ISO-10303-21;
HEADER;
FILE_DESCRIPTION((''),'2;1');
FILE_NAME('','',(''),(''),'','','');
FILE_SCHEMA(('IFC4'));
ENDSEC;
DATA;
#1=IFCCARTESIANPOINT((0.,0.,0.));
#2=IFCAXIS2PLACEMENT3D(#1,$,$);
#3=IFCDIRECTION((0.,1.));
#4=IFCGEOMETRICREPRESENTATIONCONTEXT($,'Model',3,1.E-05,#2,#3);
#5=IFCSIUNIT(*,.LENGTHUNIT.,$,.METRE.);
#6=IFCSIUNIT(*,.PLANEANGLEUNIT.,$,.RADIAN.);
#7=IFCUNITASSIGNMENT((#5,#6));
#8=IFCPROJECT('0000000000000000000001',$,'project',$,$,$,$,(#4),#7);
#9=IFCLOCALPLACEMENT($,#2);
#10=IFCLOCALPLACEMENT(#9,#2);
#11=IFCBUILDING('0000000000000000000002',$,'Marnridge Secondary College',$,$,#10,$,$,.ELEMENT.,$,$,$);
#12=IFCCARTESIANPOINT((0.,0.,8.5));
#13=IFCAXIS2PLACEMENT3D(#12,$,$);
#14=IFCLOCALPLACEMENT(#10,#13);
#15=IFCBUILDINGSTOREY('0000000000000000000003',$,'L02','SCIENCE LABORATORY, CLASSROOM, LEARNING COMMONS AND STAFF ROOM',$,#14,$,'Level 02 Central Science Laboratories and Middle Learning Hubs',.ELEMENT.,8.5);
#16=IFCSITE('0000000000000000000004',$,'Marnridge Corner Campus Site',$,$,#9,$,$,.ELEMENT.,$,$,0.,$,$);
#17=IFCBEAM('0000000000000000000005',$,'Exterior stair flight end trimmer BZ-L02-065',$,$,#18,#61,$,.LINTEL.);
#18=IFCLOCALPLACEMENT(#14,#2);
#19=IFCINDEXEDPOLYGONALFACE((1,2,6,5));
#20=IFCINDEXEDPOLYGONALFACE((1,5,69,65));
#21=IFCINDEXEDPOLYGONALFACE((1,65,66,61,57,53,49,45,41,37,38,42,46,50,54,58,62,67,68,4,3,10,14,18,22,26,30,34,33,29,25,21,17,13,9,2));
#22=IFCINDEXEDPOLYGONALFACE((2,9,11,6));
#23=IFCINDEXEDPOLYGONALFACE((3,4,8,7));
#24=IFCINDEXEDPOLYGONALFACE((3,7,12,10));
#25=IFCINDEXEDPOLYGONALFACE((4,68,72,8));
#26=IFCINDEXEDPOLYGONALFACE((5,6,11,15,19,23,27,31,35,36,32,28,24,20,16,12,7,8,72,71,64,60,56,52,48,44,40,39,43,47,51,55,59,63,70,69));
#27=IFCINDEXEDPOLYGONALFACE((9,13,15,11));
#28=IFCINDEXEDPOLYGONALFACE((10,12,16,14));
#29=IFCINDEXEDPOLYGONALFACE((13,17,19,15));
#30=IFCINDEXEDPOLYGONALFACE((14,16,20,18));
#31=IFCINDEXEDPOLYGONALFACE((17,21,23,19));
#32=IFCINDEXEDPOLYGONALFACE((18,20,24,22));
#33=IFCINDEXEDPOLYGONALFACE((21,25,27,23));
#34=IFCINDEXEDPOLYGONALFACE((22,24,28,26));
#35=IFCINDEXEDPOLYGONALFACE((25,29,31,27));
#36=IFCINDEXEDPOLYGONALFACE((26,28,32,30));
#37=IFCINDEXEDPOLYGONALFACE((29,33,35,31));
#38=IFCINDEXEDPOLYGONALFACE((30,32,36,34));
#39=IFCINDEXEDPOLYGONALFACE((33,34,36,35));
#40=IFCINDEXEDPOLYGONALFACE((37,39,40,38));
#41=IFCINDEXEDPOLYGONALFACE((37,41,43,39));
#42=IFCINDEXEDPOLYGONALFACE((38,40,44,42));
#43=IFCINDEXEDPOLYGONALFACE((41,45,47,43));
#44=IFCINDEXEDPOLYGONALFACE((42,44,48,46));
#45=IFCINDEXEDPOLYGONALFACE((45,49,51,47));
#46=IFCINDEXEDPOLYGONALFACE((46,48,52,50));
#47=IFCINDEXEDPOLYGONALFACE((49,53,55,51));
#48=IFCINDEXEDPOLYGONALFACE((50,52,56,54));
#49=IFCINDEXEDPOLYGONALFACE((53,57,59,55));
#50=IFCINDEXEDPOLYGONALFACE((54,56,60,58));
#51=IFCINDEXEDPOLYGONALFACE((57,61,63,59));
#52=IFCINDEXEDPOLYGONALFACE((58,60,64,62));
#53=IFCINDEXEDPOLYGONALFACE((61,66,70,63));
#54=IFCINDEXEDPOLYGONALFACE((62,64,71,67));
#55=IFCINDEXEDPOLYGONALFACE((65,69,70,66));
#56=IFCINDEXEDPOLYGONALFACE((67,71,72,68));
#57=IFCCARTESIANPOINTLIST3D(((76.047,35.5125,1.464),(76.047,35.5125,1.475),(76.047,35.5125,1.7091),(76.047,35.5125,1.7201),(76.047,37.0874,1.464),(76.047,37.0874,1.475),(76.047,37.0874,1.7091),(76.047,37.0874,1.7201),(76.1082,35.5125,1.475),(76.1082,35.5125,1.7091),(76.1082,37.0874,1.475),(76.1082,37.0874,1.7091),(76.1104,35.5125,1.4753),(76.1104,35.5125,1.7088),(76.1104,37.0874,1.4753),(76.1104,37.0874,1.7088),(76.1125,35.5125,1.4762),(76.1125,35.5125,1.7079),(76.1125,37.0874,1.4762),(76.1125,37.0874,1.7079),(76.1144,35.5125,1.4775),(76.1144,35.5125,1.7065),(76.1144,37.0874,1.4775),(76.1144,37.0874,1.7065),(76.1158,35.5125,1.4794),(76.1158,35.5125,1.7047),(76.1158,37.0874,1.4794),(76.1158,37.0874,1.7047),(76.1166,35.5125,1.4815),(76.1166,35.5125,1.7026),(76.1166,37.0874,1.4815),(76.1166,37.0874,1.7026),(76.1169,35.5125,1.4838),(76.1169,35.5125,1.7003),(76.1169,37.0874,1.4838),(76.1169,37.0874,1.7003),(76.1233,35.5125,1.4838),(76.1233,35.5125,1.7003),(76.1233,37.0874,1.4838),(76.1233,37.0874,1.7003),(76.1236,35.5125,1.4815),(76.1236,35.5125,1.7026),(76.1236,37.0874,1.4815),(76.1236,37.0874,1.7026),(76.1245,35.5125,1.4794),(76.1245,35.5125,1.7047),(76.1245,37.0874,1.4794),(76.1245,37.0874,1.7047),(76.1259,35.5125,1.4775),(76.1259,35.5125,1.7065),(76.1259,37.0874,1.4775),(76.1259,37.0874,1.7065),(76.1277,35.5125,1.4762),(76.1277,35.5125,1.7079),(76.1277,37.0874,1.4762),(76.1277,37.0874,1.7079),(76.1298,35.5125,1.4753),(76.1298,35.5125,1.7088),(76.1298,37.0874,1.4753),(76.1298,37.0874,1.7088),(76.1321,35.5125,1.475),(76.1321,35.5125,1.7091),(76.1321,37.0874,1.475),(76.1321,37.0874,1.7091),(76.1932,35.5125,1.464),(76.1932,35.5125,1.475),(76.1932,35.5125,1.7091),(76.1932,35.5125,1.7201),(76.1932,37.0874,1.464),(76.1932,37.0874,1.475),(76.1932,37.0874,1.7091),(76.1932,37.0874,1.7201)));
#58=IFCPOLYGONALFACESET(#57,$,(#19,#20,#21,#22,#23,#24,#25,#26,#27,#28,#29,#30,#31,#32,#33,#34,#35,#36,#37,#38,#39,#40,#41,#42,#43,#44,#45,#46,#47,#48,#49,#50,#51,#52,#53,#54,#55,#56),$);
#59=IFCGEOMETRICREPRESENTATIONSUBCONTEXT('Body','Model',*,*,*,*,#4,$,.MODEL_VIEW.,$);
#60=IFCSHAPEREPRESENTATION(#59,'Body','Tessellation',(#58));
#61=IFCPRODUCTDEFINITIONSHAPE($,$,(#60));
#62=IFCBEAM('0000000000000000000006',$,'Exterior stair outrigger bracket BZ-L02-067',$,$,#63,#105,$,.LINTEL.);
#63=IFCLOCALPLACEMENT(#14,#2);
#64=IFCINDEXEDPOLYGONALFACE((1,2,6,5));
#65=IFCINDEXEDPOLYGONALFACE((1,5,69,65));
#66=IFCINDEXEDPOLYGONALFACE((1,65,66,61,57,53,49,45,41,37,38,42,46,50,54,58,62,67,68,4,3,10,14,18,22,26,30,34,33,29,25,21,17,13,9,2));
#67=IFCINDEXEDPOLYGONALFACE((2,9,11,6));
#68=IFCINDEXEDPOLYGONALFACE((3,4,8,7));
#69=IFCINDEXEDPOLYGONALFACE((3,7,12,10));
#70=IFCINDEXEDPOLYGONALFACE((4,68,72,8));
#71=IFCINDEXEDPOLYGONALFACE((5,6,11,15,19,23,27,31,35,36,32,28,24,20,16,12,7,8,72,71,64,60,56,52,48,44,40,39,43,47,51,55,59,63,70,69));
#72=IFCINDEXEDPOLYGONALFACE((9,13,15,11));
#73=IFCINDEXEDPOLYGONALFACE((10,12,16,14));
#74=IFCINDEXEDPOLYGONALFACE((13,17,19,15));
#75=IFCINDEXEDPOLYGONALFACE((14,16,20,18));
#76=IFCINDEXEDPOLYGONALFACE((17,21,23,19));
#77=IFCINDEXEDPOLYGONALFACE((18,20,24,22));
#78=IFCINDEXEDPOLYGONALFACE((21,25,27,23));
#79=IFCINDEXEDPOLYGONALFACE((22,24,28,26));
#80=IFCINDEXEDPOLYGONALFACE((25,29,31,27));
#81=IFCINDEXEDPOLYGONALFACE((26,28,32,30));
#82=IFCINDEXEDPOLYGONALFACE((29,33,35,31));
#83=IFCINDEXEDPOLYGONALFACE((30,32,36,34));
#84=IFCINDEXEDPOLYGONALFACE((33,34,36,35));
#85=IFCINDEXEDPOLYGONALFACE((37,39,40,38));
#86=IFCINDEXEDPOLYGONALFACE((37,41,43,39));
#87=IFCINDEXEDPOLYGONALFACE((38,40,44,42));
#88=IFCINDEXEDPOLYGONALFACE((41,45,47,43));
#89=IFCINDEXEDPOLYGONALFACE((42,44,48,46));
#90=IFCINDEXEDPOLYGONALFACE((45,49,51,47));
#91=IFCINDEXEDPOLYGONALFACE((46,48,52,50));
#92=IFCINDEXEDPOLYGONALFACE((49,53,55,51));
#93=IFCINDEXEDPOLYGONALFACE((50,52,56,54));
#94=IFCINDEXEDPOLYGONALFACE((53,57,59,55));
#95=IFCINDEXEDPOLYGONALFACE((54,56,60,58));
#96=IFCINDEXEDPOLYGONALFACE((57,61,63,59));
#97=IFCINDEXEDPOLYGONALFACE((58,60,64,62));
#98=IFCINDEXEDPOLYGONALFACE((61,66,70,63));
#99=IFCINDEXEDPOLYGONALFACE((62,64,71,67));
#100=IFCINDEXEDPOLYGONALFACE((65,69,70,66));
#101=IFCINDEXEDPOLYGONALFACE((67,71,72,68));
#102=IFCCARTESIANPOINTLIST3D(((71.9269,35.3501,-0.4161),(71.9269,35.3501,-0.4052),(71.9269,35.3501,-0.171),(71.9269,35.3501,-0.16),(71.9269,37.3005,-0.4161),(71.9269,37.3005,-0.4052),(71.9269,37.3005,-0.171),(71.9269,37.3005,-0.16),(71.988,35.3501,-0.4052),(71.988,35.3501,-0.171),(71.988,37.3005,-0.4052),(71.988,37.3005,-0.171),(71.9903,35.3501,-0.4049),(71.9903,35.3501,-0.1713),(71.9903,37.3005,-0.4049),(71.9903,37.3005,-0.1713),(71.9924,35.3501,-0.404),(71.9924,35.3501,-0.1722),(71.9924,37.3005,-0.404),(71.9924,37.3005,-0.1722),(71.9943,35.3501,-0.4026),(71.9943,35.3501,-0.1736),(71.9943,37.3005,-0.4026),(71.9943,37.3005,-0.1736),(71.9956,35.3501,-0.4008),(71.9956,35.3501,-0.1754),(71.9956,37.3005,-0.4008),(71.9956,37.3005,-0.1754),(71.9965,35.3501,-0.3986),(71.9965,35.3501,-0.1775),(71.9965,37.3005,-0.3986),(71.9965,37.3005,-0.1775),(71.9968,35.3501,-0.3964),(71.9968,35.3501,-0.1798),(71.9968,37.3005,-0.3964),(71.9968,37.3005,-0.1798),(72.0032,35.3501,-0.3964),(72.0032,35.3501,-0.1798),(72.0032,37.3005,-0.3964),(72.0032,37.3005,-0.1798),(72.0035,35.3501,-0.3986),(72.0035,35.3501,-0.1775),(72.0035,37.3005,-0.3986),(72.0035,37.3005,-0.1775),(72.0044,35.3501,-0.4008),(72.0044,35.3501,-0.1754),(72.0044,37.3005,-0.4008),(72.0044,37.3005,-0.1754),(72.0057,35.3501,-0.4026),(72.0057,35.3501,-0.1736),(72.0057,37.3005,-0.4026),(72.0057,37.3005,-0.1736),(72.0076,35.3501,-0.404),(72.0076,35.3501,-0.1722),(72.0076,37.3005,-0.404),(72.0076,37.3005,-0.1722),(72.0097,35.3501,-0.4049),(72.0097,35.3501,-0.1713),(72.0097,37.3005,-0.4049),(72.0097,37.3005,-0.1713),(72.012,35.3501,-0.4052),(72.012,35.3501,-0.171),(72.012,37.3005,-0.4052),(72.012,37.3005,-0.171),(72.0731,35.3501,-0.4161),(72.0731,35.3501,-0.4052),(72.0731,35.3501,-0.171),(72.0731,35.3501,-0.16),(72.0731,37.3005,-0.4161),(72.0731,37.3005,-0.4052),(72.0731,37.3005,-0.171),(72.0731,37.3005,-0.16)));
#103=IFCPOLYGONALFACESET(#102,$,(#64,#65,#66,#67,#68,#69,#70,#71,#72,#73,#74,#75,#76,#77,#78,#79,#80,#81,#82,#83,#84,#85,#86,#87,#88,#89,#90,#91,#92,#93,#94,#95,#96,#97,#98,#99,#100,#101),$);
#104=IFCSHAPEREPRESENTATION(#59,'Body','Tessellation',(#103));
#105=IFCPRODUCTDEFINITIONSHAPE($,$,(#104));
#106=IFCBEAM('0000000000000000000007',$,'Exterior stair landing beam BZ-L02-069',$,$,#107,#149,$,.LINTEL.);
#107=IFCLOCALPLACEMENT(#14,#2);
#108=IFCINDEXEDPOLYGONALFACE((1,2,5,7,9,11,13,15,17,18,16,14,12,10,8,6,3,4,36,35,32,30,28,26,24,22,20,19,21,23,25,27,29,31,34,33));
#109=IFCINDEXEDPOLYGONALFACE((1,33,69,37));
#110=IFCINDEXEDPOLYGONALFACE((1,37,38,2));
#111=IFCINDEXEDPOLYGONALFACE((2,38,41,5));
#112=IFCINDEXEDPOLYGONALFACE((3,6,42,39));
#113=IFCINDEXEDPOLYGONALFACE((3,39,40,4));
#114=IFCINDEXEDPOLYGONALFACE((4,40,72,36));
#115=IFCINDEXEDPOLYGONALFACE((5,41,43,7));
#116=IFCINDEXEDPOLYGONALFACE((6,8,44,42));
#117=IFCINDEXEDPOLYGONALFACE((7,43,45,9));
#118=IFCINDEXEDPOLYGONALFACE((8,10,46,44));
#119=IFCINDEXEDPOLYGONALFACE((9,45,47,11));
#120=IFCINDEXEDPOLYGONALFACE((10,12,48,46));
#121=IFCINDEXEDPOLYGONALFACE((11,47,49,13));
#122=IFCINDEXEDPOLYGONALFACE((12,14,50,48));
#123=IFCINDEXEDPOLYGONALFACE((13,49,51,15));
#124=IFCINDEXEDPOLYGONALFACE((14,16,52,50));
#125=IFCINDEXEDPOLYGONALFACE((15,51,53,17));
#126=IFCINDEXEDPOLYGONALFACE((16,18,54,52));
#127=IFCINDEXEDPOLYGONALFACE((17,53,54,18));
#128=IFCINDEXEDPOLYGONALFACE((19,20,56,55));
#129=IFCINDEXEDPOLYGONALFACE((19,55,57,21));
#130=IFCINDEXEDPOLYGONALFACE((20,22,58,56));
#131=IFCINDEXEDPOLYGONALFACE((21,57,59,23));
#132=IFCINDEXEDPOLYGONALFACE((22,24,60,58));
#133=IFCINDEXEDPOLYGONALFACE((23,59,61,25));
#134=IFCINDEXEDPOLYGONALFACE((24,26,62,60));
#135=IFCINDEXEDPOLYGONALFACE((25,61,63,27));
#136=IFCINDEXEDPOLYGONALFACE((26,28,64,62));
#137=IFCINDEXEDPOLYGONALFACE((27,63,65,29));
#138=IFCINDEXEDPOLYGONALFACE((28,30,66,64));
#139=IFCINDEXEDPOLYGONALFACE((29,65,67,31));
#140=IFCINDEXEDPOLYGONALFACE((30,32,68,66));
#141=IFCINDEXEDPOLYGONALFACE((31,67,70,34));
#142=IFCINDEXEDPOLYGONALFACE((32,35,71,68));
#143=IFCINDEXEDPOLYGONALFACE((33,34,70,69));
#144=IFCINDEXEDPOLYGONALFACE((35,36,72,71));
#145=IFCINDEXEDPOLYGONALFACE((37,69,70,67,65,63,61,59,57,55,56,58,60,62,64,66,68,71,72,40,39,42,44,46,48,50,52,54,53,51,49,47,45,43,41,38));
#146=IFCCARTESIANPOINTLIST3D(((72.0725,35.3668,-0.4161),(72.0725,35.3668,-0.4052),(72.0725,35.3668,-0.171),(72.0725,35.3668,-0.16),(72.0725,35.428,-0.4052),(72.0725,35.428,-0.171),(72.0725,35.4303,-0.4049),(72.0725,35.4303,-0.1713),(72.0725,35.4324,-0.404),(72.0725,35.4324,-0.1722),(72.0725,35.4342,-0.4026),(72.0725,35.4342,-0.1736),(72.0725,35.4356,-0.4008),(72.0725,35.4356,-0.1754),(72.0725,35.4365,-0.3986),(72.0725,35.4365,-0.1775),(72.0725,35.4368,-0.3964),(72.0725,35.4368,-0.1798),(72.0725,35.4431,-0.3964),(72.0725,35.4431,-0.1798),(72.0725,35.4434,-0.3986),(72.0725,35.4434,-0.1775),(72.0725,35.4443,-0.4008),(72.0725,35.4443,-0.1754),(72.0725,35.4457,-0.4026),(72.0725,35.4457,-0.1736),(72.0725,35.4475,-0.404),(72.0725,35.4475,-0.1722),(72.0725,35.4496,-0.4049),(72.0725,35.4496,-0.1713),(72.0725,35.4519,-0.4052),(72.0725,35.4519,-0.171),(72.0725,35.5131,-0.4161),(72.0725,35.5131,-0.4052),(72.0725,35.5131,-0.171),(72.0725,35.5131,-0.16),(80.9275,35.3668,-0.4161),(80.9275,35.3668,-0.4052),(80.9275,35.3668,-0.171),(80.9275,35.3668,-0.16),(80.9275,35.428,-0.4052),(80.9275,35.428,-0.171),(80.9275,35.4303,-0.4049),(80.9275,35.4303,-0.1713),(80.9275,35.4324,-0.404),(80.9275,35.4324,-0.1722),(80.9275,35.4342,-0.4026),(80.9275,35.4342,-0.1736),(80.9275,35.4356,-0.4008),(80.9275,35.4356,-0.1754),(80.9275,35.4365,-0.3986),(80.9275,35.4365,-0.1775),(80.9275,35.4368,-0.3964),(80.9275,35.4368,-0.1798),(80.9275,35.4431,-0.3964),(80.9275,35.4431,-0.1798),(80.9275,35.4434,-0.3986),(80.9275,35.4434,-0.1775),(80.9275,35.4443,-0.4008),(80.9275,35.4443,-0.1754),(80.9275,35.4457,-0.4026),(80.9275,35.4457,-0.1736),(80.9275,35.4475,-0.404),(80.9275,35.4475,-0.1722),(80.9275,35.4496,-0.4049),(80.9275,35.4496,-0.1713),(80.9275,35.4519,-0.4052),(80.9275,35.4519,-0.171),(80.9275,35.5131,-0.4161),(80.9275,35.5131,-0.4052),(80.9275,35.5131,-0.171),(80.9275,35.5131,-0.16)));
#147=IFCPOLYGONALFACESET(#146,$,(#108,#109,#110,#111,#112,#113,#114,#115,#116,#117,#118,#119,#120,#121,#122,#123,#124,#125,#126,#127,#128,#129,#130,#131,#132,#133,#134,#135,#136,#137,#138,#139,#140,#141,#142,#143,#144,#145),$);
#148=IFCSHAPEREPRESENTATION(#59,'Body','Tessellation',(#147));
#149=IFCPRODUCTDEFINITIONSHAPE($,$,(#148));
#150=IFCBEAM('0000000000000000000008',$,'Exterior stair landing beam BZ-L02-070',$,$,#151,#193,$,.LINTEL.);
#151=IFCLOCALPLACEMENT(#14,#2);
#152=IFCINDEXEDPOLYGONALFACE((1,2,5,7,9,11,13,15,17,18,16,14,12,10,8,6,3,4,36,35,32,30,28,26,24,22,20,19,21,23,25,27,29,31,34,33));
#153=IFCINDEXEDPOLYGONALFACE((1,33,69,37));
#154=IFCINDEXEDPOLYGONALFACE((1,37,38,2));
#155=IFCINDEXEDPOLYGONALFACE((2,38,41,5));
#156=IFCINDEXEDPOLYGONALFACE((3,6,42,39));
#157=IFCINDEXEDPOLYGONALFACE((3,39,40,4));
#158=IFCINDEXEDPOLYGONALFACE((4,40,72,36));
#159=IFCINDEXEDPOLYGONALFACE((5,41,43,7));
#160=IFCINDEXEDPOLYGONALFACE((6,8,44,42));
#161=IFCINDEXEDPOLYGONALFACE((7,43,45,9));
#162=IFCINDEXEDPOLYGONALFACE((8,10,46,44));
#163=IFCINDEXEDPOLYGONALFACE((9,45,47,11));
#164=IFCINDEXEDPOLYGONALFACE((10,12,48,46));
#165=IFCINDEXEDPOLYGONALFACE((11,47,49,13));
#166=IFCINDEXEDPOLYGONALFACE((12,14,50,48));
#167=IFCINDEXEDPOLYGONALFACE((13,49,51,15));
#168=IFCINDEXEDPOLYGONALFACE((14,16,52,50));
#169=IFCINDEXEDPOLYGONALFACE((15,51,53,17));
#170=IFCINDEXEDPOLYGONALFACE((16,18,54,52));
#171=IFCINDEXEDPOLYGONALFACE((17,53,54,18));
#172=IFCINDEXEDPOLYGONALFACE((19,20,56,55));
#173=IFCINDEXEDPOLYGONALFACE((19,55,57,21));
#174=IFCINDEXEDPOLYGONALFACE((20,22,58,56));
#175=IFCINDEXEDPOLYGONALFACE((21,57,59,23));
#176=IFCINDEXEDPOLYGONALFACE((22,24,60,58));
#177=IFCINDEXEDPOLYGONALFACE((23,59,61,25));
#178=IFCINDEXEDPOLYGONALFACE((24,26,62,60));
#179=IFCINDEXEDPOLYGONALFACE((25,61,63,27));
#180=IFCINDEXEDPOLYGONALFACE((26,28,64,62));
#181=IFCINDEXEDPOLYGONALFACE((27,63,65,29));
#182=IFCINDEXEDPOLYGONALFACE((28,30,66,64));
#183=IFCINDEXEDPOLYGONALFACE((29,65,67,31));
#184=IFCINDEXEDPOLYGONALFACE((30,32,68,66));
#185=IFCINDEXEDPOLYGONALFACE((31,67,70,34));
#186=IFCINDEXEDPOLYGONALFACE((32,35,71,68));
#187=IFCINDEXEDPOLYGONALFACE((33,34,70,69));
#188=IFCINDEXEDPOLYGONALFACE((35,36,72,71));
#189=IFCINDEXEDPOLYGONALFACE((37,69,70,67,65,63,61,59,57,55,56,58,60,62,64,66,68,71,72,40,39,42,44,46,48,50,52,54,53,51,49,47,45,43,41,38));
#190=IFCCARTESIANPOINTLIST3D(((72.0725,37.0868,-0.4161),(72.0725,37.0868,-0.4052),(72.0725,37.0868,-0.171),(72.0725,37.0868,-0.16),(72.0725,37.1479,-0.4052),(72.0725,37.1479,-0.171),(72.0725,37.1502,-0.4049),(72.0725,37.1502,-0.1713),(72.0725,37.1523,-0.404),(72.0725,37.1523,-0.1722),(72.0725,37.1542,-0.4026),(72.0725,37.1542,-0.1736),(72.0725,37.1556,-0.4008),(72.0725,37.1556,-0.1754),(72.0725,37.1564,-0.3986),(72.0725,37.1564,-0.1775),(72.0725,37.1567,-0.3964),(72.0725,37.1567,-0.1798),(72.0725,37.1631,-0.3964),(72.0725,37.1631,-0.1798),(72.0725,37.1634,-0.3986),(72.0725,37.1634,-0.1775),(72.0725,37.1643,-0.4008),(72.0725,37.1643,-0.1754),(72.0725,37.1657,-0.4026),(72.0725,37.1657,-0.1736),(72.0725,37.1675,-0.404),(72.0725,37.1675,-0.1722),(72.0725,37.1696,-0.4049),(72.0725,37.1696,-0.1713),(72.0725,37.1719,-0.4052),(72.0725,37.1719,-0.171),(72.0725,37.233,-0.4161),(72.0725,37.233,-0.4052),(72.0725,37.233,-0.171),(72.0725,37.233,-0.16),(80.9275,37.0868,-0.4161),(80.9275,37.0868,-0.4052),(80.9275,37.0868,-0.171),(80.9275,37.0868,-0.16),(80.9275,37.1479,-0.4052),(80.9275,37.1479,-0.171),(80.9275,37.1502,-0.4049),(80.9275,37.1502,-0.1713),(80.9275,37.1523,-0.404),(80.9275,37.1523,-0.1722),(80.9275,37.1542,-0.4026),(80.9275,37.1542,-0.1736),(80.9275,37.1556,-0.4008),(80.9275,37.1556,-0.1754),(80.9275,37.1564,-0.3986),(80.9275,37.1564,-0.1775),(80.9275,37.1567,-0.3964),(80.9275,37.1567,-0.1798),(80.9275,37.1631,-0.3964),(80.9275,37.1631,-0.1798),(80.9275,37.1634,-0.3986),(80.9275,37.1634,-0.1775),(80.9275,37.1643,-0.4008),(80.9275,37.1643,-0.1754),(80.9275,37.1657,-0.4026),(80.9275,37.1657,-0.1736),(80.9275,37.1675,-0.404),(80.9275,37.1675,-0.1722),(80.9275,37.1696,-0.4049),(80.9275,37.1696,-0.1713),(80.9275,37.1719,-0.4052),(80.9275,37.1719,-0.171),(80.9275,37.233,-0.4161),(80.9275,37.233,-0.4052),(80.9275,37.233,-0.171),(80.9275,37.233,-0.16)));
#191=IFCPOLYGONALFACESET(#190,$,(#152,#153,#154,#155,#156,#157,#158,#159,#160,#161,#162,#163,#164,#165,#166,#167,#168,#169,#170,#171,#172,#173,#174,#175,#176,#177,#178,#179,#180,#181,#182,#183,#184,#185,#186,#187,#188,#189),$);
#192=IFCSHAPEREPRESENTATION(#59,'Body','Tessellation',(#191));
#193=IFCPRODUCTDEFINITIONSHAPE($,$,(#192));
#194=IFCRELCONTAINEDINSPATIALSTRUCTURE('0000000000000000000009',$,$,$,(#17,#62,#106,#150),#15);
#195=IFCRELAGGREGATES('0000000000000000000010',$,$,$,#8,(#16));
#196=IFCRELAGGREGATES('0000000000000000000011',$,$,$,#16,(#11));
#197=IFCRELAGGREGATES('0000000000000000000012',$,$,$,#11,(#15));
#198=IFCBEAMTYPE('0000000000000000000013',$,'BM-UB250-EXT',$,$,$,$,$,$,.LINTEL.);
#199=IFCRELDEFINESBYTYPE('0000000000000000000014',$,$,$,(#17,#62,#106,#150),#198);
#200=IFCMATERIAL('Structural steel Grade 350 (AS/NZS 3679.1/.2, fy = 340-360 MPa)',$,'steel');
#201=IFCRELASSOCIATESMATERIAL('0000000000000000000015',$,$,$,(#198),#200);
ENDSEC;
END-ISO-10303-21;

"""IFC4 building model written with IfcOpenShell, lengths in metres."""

from ifc_helpers import new_model, si_unit, direction, frame, origin, origin_2d, place, context, subcontext, project, spatial, i_section, extrude, material, material_profile, profile_set, type_object, element, save


model = new_model("IFC4")

# Units and contexts
model_context = context("Model", 3, precision=1e-05, world=origin(), true_north=direction((0.0, 1.0)))
body_context = subcontext(model_context, "Body", "Model", "MODEL_VIEW")
ifc_project = project(units=[si_unit("LENGTHUNIT", "METRE"), si_unit("PLANEANGLEUNIT", "RADIAN")], contexts=[model_context])

# Site, building, storey
site_placement = place(None, origin())
site = spatial("IfcSite", under=ifc_project, at=site_placement, Name="Marnridge Corner Campus Site", CompositionType="ELEMENT", RefElevation=0.0)
building_placement = place(site_placement, origin())
building = spatial("IfcBuilding", under=site, at=building_placement, Name="Marnridge Secondary College", CompositionType="ELEMENT")
storey_placement = place(building_placement, frame((0.0, 0.0, 8.5)))
storey = spatial("IfcBuildingStorey", under=building, at=storey_placement, Name="L02", Description="SCIENCE LABORATORY, CLASSROOM, LEARNING COMMONS AND STAFF ROOM", LongName="Level 02 Central Science Laboratories and Middle Learning Hubs", CompositionType="ELEMENT", Elevation=8.5)

# Beams
ifc_material_1 = material(Name="Structural steel Grade 350 (AS/NZS 3679.1/.2, fy = 340-360 MPa)", Category="steel")
ifc_material_profile_1 = material_profile(ifc_material_1, i_section(OverallWidth=0.1462, OverallDepth=0.2561, WebThickness=0.0063, FlangeThickness=0.011, FilletRadius=0.0088, at=origin_2d()), Name="250UB37.3")
ifc_profile_set_1 = profile_set([ifc_material_profile_1], Name="Structural steel Grade 350 (AS/NZS 3679.1/.2, fy = 340-360 MPa)")
beam_type_1 = type_object("IfcBeamType", Name="BM-UB250-EXT", PredefinedType="LINTEL", material=ifc_profile_set_1)
beam_1_placement = place(storey_placement, frame((76.1201, 35.5125, 1.592), z_axis=(0.0, 1.0, 0.0), x_axis=(-1.0, 0.0, 0.0)))
element("IfcBeam", 1, at=beam_1_placement, inside=storey, type_object=beam_type_1, Name="Exterior stair flight end trimmer BZ-L02-065", PredefinedType="LINTEL", context=body_context, shape_type="SweptSolid", body=[
    extrude(i_section(OverallWidth=0.1462, OverallDepth=0.2561, WebThickness=0.0063, FlangeThickness=0.011, FilletRadius=0.0088, at=origin_2d()), origin(), (0.0, 0.0, 1.0), 1.575),
])
beam_2_placement = place(storey_placement, frame((72.0, 37.3005, -0.2881), z_axis=(0.0, -1.0, 0.0), x_axis=(1.0, 0.0, 0.0)))
element("IfcBeam", 2, at=beam_2_placement, inside=storey, type_object=beam_type_1, Name="Exterior stair outrigger bracket BZ-L02-067", PredefinedType="LINTEL", context=body_context, shape_type="SweptSolid", body=[
    extrude(i_section(OverallWidth=0.1462, OverallDepth=0.2561, WebThickness=0.0063, FlangeThickness=0.011, FilletRadius=0.0088, at=origin_2d()), origin(), (0.0, 0.0, 1.0), 1.9504),
])
for number, where, z_axis, x_axis, name in (
    (3, (72.0725, 35.4399, -0.2881), (1.0, 0.0, 0.0), (0.0, 1.0, 0.0), "Exterior stair landing beam BZ-L02-069"),
    (4, (72.0725, 37.1599, -0.2881), (1.0, 0.0, 0.0), (0.0, 1.0, 0.0), "Exterior stair landing beam BZ-L02-070"),
):
    element("IfcBeam", number, at=place(storey_placement, frame(where, z_axis=z_axis, x_axis=x_axis)), inside=storey, type_object=beam_type_1, Name=name, PredefinedType="LINTEL", context=body_context, shape_type="SweptSolid", body=[
        extrude(i_section(OverallWidth=0.1462, OverallDepth=0.2561, WebThickness=0.0063, FlangeThickness=0.011, FilletRadius=0.0088, at=origin_2d()), origin(), (0.0, 0.0, 1.0), 8.855),
    ])

save(model, "model.ifc")
